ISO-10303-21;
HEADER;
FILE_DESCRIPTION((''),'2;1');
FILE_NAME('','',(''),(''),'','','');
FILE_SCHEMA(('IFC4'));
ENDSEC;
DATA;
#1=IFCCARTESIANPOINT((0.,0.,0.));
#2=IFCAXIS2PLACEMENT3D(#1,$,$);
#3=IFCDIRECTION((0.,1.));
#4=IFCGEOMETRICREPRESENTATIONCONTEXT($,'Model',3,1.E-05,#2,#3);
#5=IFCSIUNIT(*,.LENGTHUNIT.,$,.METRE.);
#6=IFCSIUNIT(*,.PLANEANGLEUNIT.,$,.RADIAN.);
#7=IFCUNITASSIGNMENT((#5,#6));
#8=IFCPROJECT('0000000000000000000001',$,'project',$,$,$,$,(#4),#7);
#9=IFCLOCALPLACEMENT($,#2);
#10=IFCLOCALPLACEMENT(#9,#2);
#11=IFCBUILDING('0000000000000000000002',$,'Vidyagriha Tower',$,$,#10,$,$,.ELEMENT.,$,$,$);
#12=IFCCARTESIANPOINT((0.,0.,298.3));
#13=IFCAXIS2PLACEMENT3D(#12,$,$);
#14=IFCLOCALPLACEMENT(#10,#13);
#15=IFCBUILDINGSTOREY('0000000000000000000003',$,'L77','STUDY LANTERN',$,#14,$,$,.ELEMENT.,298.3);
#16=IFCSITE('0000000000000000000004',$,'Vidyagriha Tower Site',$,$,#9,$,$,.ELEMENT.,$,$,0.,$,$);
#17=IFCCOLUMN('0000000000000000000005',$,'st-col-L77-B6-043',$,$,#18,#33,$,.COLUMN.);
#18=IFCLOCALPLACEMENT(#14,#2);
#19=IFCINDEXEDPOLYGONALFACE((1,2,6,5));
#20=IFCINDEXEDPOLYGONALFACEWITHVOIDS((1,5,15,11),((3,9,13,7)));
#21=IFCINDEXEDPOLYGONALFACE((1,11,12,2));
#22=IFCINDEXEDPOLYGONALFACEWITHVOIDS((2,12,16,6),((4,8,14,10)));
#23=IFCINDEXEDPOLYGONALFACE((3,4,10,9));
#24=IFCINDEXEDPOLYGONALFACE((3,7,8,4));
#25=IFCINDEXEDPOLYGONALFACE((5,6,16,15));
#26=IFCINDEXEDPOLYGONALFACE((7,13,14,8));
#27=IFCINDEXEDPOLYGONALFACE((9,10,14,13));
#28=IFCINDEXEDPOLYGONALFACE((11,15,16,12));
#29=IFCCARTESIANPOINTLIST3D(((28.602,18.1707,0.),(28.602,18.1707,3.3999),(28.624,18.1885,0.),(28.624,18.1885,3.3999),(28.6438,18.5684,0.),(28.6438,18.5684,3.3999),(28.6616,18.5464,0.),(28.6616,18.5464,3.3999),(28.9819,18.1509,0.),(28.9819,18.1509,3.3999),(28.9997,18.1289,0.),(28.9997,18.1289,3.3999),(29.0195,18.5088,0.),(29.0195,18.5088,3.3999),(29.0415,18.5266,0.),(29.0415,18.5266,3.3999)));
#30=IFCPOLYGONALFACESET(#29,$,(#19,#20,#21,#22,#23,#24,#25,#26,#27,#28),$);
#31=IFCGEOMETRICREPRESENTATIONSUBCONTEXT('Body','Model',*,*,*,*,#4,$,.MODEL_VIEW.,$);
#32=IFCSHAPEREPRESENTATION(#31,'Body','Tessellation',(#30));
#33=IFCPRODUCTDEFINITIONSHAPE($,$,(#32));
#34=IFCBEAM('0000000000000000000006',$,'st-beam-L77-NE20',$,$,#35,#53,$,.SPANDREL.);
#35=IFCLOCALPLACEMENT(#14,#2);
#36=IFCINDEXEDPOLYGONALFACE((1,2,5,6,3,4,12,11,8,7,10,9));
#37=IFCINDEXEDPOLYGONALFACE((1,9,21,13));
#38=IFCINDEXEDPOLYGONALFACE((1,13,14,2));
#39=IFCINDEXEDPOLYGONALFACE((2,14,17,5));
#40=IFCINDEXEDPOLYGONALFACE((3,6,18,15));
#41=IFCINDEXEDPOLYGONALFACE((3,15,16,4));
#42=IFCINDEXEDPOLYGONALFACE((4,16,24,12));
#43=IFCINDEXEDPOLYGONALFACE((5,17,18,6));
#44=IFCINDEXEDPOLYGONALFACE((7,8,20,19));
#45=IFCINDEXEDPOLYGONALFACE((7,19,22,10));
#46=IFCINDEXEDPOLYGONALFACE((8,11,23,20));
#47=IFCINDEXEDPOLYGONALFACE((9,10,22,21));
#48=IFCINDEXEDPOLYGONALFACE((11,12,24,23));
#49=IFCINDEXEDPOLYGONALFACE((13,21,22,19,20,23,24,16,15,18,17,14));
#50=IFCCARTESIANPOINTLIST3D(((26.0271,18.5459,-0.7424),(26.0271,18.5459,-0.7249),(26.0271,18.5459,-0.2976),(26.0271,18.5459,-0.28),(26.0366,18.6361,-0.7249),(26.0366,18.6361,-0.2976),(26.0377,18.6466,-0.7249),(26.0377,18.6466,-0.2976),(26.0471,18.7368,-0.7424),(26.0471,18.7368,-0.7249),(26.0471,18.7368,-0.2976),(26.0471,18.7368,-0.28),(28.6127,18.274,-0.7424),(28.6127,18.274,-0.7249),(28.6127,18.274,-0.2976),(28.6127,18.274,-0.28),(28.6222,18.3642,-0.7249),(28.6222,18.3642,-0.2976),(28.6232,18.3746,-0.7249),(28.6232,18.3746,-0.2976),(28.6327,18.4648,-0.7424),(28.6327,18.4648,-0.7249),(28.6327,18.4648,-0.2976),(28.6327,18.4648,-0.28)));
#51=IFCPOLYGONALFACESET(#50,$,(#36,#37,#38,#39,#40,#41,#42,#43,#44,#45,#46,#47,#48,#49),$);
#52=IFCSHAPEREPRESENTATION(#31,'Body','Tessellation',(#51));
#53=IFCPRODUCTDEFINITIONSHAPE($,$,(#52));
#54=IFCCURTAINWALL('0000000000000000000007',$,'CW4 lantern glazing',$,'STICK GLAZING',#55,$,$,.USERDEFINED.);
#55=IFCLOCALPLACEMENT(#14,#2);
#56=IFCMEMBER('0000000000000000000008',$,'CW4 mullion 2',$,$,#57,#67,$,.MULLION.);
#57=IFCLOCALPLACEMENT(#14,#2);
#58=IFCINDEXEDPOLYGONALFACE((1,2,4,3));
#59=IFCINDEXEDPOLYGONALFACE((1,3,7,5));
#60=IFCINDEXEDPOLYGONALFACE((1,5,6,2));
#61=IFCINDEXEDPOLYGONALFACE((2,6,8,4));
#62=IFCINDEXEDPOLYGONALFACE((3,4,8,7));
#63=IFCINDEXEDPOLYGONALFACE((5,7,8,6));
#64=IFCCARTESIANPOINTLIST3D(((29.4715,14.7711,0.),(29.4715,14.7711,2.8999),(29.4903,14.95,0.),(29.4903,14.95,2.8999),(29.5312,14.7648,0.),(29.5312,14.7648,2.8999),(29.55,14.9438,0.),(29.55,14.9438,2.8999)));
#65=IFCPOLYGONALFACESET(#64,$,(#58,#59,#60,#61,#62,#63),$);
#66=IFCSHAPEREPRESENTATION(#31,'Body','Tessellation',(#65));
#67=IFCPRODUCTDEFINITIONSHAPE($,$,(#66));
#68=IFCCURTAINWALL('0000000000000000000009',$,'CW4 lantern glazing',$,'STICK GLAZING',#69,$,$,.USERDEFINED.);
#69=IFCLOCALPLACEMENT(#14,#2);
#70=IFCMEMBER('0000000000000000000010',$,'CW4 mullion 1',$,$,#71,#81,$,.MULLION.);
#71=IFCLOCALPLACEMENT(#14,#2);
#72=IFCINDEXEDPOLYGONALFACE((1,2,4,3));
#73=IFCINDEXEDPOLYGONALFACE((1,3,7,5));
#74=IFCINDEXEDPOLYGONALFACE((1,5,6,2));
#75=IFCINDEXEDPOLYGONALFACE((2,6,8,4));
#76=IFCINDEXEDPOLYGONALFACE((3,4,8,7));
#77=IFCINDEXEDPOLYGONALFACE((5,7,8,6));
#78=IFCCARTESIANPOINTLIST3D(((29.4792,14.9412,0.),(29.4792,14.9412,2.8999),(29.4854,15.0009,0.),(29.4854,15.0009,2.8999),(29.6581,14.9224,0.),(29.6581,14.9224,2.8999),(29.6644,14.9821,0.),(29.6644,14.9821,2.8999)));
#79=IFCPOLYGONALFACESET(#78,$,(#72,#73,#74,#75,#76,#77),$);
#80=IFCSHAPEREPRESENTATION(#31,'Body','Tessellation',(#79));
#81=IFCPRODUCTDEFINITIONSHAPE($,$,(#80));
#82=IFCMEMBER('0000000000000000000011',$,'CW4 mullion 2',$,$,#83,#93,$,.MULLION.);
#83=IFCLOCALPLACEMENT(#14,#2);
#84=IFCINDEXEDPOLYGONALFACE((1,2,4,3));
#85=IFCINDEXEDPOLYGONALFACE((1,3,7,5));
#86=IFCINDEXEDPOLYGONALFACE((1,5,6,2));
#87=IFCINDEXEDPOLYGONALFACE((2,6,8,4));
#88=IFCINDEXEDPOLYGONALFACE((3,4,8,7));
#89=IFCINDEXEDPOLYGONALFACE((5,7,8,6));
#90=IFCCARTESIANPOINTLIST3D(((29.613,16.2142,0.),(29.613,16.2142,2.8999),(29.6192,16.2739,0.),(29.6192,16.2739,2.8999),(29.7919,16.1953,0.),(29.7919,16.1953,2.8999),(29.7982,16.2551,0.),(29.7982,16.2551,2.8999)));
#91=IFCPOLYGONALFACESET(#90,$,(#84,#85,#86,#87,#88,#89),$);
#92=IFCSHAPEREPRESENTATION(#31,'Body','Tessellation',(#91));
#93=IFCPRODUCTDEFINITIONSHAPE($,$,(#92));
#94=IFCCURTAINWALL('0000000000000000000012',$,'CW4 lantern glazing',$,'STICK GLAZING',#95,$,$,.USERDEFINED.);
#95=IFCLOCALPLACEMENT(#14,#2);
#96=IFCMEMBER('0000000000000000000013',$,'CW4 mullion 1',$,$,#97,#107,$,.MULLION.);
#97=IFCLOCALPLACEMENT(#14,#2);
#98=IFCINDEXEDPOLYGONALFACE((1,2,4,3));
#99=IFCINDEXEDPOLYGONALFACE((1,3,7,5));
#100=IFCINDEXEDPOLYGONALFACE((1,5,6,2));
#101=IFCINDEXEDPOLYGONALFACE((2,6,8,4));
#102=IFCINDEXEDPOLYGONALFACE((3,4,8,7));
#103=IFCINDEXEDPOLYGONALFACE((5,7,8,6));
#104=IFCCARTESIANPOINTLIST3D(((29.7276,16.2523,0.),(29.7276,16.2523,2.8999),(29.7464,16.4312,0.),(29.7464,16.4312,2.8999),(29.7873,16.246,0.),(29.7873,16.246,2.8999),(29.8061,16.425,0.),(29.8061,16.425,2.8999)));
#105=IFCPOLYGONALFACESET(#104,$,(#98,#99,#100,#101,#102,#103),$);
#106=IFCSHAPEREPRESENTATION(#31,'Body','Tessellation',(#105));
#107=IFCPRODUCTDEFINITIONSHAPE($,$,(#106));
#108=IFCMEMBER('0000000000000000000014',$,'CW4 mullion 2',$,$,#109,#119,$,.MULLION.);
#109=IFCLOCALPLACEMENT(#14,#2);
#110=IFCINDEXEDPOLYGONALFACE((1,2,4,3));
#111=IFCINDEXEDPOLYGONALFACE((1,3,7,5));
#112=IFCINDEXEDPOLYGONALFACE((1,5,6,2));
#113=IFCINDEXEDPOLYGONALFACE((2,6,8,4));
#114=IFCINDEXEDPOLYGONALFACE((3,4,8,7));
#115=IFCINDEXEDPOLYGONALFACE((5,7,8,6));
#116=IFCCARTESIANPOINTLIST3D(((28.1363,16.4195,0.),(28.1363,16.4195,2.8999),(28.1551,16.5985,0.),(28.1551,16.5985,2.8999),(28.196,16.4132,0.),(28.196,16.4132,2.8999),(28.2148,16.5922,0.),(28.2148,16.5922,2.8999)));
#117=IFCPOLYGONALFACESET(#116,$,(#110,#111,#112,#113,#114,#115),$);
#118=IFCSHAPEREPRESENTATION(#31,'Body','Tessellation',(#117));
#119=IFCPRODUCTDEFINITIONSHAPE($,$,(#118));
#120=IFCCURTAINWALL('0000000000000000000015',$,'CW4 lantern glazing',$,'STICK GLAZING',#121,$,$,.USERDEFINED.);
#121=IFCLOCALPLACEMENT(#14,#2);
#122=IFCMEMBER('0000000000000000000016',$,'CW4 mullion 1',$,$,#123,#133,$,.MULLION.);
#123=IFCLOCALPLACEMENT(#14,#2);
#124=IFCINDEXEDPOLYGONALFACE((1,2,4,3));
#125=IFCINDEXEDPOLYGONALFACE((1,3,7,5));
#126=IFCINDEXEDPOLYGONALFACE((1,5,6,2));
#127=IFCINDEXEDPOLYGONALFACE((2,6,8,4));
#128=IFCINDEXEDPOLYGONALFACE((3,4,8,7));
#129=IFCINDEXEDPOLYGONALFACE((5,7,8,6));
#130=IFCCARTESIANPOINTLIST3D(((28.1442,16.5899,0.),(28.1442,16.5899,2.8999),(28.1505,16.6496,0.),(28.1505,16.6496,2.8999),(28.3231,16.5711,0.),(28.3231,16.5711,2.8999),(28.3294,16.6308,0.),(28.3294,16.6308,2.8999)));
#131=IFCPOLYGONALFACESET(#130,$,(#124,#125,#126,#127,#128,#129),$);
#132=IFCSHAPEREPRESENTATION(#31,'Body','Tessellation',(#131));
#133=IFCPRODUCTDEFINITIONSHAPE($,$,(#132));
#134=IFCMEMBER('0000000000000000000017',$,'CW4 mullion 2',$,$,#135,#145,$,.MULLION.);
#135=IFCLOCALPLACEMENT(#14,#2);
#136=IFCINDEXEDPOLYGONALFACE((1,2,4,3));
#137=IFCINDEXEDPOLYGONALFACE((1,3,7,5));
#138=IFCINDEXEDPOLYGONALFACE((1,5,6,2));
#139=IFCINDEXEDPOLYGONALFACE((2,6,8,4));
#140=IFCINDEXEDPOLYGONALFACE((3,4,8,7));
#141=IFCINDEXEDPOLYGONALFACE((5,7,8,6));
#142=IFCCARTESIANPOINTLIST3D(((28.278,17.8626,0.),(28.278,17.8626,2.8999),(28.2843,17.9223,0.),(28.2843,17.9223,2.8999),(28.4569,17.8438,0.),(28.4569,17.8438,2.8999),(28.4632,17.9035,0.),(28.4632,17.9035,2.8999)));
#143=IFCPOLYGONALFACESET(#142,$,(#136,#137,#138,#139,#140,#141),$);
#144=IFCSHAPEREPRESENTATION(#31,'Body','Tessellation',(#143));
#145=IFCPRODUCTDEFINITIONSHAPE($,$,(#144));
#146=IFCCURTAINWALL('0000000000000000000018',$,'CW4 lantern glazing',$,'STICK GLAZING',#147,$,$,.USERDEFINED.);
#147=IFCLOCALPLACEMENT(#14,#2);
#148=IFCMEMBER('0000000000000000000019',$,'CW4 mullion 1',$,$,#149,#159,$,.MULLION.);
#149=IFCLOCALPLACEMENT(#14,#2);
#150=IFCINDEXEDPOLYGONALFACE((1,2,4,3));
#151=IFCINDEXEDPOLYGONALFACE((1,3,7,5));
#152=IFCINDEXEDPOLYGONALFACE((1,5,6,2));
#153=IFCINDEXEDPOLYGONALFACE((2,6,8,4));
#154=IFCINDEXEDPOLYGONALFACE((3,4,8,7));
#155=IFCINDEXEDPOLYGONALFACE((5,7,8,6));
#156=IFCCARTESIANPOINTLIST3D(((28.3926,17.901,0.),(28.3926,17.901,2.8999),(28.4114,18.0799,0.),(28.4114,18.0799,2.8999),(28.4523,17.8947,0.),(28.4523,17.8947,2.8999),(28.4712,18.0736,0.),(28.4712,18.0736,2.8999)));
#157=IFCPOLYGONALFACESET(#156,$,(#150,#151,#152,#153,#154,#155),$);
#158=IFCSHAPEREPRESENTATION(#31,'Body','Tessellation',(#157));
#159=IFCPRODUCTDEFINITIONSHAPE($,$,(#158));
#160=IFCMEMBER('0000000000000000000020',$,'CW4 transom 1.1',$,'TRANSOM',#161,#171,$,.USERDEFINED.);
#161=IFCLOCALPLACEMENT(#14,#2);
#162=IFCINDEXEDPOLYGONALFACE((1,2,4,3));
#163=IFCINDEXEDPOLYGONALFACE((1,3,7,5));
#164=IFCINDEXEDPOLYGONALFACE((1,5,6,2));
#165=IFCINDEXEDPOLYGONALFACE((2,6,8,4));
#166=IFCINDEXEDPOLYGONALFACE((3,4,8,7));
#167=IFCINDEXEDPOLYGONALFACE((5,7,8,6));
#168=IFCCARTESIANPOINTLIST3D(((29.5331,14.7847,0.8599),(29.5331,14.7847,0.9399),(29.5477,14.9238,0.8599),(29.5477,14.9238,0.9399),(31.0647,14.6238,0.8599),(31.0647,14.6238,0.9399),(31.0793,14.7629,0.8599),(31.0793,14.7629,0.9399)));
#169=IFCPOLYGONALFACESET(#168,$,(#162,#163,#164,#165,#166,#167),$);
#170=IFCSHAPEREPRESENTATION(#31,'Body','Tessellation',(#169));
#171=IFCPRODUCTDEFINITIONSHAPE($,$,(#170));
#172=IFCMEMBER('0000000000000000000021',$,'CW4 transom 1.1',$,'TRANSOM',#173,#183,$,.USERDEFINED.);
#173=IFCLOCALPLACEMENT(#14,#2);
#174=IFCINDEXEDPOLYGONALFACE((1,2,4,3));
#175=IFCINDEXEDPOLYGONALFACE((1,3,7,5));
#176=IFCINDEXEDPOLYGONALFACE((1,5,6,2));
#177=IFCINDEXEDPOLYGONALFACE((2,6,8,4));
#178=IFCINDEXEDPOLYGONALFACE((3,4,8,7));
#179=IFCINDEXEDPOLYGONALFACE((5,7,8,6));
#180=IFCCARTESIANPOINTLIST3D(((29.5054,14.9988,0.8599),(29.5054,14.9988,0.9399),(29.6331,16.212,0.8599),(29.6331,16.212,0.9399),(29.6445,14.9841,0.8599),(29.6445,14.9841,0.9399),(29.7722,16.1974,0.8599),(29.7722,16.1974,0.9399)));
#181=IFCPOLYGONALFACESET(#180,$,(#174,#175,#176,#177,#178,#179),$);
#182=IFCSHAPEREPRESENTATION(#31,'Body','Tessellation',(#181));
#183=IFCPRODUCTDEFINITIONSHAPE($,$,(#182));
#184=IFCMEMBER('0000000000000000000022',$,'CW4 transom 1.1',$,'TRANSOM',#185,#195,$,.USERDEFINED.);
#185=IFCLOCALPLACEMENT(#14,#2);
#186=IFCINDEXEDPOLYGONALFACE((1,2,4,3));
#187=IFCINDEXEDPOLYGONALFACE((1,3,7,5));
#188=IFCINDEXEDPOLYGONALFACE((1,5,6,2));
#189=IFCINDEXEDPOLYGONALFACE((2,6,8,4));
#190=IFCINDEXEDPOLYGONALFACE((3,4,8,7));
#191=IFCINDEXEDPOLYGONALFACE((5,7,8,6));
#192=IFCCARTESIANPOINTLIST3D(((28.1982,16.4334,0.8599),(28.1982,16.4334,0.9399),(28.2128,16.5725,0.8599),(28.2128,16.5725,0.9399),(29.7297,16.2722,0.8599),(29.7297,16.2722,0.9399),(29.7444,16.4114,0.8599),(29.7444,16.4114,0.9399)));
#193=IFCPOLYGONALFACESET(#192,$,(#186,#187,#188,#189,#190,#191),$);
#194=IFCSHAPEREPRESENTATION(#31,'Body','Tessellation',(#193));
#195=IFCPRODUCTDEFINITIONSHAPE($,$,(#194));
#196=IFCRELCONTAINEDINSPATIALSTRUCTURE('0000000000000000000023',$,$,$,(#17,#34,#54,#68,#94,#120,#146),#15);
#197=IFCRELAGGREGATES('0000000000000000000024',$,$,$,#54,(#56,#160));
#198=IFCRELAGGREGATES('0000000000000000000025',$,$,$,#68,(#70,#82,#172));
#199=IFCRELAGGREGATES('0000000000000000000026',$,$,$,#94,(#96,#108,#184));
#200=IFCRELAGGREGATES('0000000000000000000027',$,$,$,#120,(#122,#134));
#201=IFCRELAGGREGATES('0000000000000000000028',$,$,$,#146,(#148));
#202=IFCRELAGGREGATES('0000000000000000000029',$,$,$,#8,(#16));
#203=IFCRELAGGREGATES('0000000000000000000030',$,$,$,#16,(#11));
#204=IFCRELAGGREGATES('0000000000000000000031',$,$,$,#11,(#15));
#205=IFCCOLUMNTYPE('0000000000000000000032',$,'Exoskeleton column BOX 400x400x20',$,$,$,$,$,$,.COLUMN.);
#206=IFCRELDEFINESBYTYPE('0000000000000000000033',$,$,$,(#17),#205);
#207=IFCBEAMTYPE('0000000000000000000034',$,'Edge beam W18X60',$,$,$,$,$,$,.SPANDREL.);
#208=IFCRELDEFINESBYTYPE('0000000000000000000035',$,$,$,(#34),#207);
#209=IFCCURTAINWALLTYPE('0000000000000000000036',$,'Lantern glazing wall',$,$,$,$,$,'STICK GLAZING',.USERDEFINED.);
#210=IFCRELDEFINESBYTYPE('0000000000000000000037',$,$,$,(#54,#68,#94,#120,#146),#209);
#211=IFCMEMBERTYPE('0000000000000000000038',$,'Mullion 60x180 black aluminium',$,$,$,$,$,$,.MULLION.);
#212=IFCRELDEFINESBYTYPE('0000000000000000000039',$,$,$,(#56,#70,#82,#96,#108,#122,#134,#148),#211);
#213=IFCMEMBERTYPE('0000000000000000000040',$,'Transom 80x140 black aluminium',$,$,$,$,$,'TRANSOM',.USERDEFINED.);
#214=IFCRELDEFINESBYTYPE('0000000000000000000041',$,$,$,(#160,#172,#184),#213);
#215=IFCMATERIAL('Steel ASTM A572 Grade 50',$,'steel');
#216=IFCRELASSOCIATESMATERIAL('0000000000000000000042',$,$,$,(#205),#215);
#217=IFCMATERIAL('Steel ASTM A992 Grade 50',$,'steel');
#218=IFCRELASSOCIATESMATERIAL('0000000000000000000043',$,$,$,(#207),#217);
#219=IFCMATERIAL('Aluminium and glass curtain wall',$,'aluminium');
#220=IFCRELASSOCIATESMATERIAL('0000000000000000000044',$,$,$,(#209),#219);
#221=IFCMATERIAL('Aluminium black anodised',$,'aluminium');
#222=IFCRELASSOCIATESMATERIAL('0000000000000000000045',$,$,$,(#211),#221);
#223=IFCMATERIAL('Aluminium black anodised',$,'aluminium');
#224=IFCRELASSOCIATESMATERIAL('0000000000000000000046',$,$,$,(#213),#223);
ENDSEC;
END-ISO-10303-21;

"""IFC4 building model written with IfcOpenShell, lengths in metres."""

from ifc_helpers import new_model, si_unit, direction, frame, origin, origin_2d, place, context, subcontext, project, spatial, rectangle, hollow_rectangle, i_section, extrude, material, material_profile, profile_set, type_object, element, aggregate, save


model = new_model("IFC4")

# Units and contexts
model_context = context("Model", 3, precision=1e-05, world=origin(), true_north=direction((0.0, 1.0)))
body_context = subcontext(model_context, "Body", "Model", "MODEL_VIEW")
ifc_project = project(units=[si_unit("LENGTHUNIT", "METRE"), si_unit("PLANEANGLEUNIT", "RADIAN")], contexts=[model_context])

# Site, building, storey
site_placement = place(None, origin())
site = spatial("IfcSite", under=ifc_project, at=site_placement, Name="Vidyagriha Tower Site", CompositionType="ELEMENT", RefElevation=0.0)
building_placement = place(site_placement, origin())
building = spatial("IfcBuilding", under=site, at=building_placement, Name="Vidyagriha Tower", CompositionType="ELEMENT")
storey_placement = place(building_placement, frame((0.0, 0.0, 298.3)))
storey = spatial("IfcBuildingStorey", under=building, at=storey_placement, Name="L77", Description="STUDY LANTERN", CompositionType="ELEMENT", Elevation=298.3)

# Column
ifc_material_1 = material(Name="Steel ASTM A572 Grade 50", Category="steel")
ifc_material_profile_1 = material_profile(ifc_material_1, hollow_rectangle(XDim=0.3999, YDim=0.3999, WallThickness=0.02, at=origin_2d()), Name="BOX 400x400x20")
ifc_profile_set_1 = profile_set([ifc_material_profile_1], Name="Steel ASTM A572 Grade 50")
column_type = type_object("IfcColumnType", Name="Exoskeleton column BOX 400x400x20", PredefinedType="COLUMN", material=ifc_profile_set_1)
column_placement = place(storey_placement, frame((28.8218, 18.3486, 0.0), z_axis=(0.0, 0.0, 1.0), x_axis=(0.994522, -0.104528, 0.0)))
element("IfcColumn", 1, at=column_placement, inside=storey, type_object=column_type, Name="st-col-L77-B6-043", PredefinedType="COLUMN", context=body_context, shape_type="SweptSolid", body=[
    extrude(hollow_rectangle(XDim=0.3999, YDim=0.3999, WallThickness=0.02, at=origin_2d()), origin(), (0.0, 0.0, 1.0), 3.3999),
])

# Beam
ifc_material_2 = material(Name="Steel ASTM A992 Grade 50", Category="steel")
ifc_material_profile_2 = material_profile(ifc_material_2, i_section(OverallWidth=0.1919, OverallDepth=0.4624, WebThickness=0.0105, FlangeThickness=0.0176, at=origin_2d()), Name="W18X60")
ifc_profile_set_2 = profile_set([ifc_material_profile_2], Name="Steel ASTM A992 Grade 50")
beam_type = type_object("IfcBeamType", Name="Edge beam W18X60", PredefinedType="SPANDREL", material=ifc_profile_set_2)
beam_placement = place(storey_placement, frame((26.0371, 18.6414, -0.5112), z_axis=(0.994514, -0.104607, 0.0), x_axis=(0.104607, 0.994514, 0.0)))
element("IfcBeam", 2, at=beam_placement, inside=storey, type_object=beam_type, Name="st-beam-L77-NE20", PredefinedType="SPANDREL", context=body_context, shape_type="SweptSolid", body=[
    extrude(i_section(OverallWidth=0.1919, OverallDepth=0.4624, WebThickness=0.0105, FlangeThickness=0.0176, at=origin_2d()), origin(), (0.0, 0.0, 1.0), 2.5999),
])

# Curtain wall, member
ifc_material_3 = material(Name="Aluminium and glass curtain wall", Category="aluminium")
curtain_wall_type = type_object("IfcCurtainWallType", Name="Lantern glazing wall", ElementType="STICK GLAZING", PredefinedType="USERDEFINED", material=ifc_material_3)
curtain_wall_1_placement = place(storey_placement, origin())
curtain_wall_1 = element("IfcCurtainWall", 3, at=curtain_wall_1_placement, inside=storey, type_object=curtain_wall_type, Name="CW4 lantern glazing", ObjectType="STICK GLAZING", PredefinedType="USERDEFINED")
ifc_material_4 = material(Name="Aluminium black anodised", Category="aluminium")
ifc_material_profile_3 = material_profile(ifc_material_4, rectangle(XDim=0.1799, YDim=0.0601, at=origin_2d()), Name="Mullion 60x180 black aluminium")
ifc_profile_set_3 = profile_set([ifc_material_profile_3], Name="Aluminium black anodised")
member_type_1 = type_object("IfcMemberType", Name="Mullion 60x180 black aluminium", PredefinedType="MULLION", material=ifc_profile_set_3)
member_1_placement = place(storey_placement, frame((29.5107, 14.8574, 0.0), z_axis=(0.0, 0.0, 1.0), x_axis=(-0.104519, -0.994523, 0.0)))
member_1 = element("IfcMember", 4, at=member_1_placement, type_object=member_type_1, Name="CW4 mullion 2", PredefinedType="MULLION", context=body_context, shape_type="SweptSolid", body=[
    extrude(rectangle(XDim=0.1799, YDim=0.0601, at=origin_2d()), origin(), (0.0, 0.0, 1.0), 2.8999),
])

# Curtain walls, members
curtain_wall_2_placement = place(storey_placement, origin())
curtain_wall_2 = element("IfcCurtainWall", 5, at=curtain_wall_2_placement, inside=storey, type_object=curtain_wall_type, Name="CW4 lantern glazing", ObjectType="STICK GLAZING", PredefinedType="USERDEFINED")
member_2_placement = place(storey_placement, frame((29.5718, 14.9617, 0.0), z_axis=(0.0, 0.0, 1.0), x_axis=(-0.994519, 0.104557, 0.0)))
member_2 = element("IfcMember", 6, at=member_2_placement, type_object=member_type_1, Name="CW4 mullion 1", PredefinedType="MULLION", context=body_context, shape_type="SweptSolid", body=[
    extrude(rectangle(XDim=0.1799, YDim=0.0601, at=origin_2d()), origin(), (0.0, 0.0, 1.0), 2.8999),
])
member_3_placement = place(storey_placement, frame((29.7056, 16.2346, 0.0), z_axis=(0.0, 0.0, 1.0), x_axis=(-0.994519, 0.104557, 0.0)))
member_3 = element("IfcMember", 7, at=member_3_placement, type_object=member_type_1, Name="CW4 mullion 2", PredefinedType="MULLION", context=body_context, shape_type="SweptSolid", body=[
    extrude(rectangle(XDim=0.1799, YDim=0.0601, at=origin_2d()), origin(), (0.0, 0.0, 1.0), 2.8999),
])
curtain_wall_3_placement = place(storey_placement, origin())
curtain_wall_3 = element("IfcCurtainWall", 8, at=curtain_wall_3_placement, inside=storey, type_object=curtain_wall_type, Name="CW4 lantern glazing", ObjectType="STICK GLAZING", PredefinedType="USERDEFINED")
member_4_placement = place(storey_placement, frame((29.7668, 16.3386, 0.0), z_axis=(0.0, 0.0, 1.0), x_axis=(-0.104519, -0.994523, 0.0)))
member_4 = element("IfcMember", 9, at=member_4_placement, type_object=member_type_1, Name="CW4 mullion 1", PredefinedType="MULLION", context=body_context, shape_type="SweptSolid", body=[
    extrude(rectangle(XDim=0.1799, YDim=0.0601, at=origin_2d()), origin(), (0.0, 0.0, 1.0), 2.8999),
])
member_5_placement = place(storey_placement, frame((28.1755, 16.5059, 0.0), z_axis=(0.0, 0.0, 1.0), x_axis=(-0.104519, -0.994523, 0.0)))
member_5 = element("IfcMember", 10, at=member_5_placement, type_object=member_type_1, Name="CW4 mullion 2", PredefinedType="MULLION", context=body_context, shape_type="SweptSolid", body=[
    extrude(rectangle(XDim=0.1799, YDim=0.0601, at=origin_2d()), origin(), (0.0, 0.0, 1.0), 2.8999),
])
curtain_wall_4_placement = place(storey_placement, origin())
curtain_wall_4 = element("IfcCurtainWall", 11, at=curtain_wall_4_placement, inside=storey, type_object=curtain_wall_type, Name="CW4 lantern glazing", ObjectType="STICK GLAZING", PredefinedType="USERDEFINED")
member_6_placement = place(storey_placement, frame((28.2368, 16.6104, 0.0), z_axis=(0.0, 0.0, 1.0), x_axis=(-0.994519, 0.104557, 0.0)))
member_6 = element("IfcMember", 12, at=member_6_placement, type_object=member_type_1, Name="CW4 mullion 1", PredefinedType="MULLION", context=body_context, shape_type="SweptSolid", body=[
    extrude(rectangle(XDim=0.1799, YDim=0.0601, at=origin_2d()), origin(), (0.0, 0.0, 1.0), 2.8999),
])
member_7_placement = place(storey_placement, frame((28.3706, 17.8831, 0.0), z_axis=(0.0, 0.0, 1.0), x_axis=(-0.994519, 0.104557, 0.0)))
member_7 = element("IfcMember", 13, at=member_7_placement, type_object=member_type_1, Name="CW4 mullion 2", PredefinedType="MULLION", context=body_context, shape_type="SweptSolid", body=[
    extrude(rectangle(XDim=0.1799, YDim=0.0601, at=origin_2d()), origin(), (0.0, 0.0, 1.0), 2.8999),
])

# Curtain wall, member
curtain_wall_5_placement = place(storey_placement, origin())
curtain_wall_5 = element("IfcCurtainWall", 14, at=curtain_wall_5_placement, inside=storey, type_object=curtain_wall_type, Name="CW4 lantern glazing", ObjectType="STICK GLAZING", PredefinedType="USERDEFINED")
member_8_placement = place(storey_placement, frame((28.4319, 17.9873, 0.0), z_axis=(0.0, 0.0, 1.0), x_axis=(-0.104528, -0.994522, 0.0)))
member_8 = element("IfcMember", 15, at=member_8_placement, type_object=member_type_1, Name="CW4 mullion 1", PredefinedType="MULLION", context=body_context, shape_type="SweptSolid", body=[
    extrude(rectangle(XDim=0.1799, YDim=0.0601, at=origin_2d()), origin(), (0.0, 0.0, 1.0), 2.8999),
])

# Members
ifc_material_5 = material(Name="Aluminium black anodised", Category="aluminium")
ifc_material_profile_4 = material_profile(ifc_material_5, rectangle(XDim=0.1399, YDim=0.0801, at=origin_2d()), Name="Transom 80x140 black aluminium")
ifc_profile_set_4 = profile_set([ifc_material_profile_4], Name="Aluminium black anodised")
member_type_2 = type_object("IfcMemberType", Name="Transom 80x140 black aluminium", ElementType="TRANSOM", PredefinedType="USERDEFINED", material=ifc_profile_set_4)
member_9_placement = place(storey_placement, frame((31.072, 14.6934, 0.8999), z_axis=(-0.994527, 0.104478, 0.0), x_axis=(-0.104478, -0.994527, 0.0)))
member_9 = element("IfcMember", 16, at=member_9_placement, type_object=member_type_2, Name="CW4 transom 1.1", ObjectType="TRANSOM", PredefinedType="USERDEFINED", context=body_context, shape_type="SweptSolid", body=[
    extrude(rectangle(XDim=0.1399, YDim=0.0801, at=origin_2d()), origin(), (0.0, 0.0, 1.0), 1.54),
])
member_10_placement = place(storey_placement, frame((29.575, 14.9915, 0.8999), z_axis=(0.104654, 0.994509, 0.0), x_axis=(-0.994509, 0.104654, 0.0)))
member_10 = element("IfcMember", 17, at=member_10_placement, type_object=member_type_2, Name="CW4 transom 1.1", ObjectType="TRANSOM", PredefinedType="USERDEFINED", context=body_context, shape_type="SweptSolid", body=[
    extrude(rectangle(XDim=0.1399, YDim=0.0801, at=origin_2d()), origin(), (0.0, 0.0, 1.0), 1.22),
])
member_11_placement = place(storey_placement, frame((29.7371, 16.3418, 0.8999), z_axis=(-0.994511, 0.104635, 0.0), x_axis=(-0.104635, -0.994511, 0.0)))
member_11 = element("IfcMember", 18, at=member_11_placement, type_object=member_type_2, Name="CW4 transom 1.1", ObjectType="TRANSOM", PredefinedType="USERDEFINED", context=body_context, shape_type="SweptSolid", body=[
    extrude(rectangle(XDim=0.1399, YDim=0.0801, at=origin_2d()), origin(), (0.0, 0.0, 1.0), 1.54),
])

aggregate(curtain_wall_1, [member_1, member_9])
aggregate(curtain_wall_2, [member_2, member_3, member_10])
aggregate(curtain_wall_3, [member_4, member_5, member_11])
aggregate(curtain_wall_4, [member_6, member_7])
aggregate(curtain_wall_5, [member_8])

save(model, "model.ifc")
